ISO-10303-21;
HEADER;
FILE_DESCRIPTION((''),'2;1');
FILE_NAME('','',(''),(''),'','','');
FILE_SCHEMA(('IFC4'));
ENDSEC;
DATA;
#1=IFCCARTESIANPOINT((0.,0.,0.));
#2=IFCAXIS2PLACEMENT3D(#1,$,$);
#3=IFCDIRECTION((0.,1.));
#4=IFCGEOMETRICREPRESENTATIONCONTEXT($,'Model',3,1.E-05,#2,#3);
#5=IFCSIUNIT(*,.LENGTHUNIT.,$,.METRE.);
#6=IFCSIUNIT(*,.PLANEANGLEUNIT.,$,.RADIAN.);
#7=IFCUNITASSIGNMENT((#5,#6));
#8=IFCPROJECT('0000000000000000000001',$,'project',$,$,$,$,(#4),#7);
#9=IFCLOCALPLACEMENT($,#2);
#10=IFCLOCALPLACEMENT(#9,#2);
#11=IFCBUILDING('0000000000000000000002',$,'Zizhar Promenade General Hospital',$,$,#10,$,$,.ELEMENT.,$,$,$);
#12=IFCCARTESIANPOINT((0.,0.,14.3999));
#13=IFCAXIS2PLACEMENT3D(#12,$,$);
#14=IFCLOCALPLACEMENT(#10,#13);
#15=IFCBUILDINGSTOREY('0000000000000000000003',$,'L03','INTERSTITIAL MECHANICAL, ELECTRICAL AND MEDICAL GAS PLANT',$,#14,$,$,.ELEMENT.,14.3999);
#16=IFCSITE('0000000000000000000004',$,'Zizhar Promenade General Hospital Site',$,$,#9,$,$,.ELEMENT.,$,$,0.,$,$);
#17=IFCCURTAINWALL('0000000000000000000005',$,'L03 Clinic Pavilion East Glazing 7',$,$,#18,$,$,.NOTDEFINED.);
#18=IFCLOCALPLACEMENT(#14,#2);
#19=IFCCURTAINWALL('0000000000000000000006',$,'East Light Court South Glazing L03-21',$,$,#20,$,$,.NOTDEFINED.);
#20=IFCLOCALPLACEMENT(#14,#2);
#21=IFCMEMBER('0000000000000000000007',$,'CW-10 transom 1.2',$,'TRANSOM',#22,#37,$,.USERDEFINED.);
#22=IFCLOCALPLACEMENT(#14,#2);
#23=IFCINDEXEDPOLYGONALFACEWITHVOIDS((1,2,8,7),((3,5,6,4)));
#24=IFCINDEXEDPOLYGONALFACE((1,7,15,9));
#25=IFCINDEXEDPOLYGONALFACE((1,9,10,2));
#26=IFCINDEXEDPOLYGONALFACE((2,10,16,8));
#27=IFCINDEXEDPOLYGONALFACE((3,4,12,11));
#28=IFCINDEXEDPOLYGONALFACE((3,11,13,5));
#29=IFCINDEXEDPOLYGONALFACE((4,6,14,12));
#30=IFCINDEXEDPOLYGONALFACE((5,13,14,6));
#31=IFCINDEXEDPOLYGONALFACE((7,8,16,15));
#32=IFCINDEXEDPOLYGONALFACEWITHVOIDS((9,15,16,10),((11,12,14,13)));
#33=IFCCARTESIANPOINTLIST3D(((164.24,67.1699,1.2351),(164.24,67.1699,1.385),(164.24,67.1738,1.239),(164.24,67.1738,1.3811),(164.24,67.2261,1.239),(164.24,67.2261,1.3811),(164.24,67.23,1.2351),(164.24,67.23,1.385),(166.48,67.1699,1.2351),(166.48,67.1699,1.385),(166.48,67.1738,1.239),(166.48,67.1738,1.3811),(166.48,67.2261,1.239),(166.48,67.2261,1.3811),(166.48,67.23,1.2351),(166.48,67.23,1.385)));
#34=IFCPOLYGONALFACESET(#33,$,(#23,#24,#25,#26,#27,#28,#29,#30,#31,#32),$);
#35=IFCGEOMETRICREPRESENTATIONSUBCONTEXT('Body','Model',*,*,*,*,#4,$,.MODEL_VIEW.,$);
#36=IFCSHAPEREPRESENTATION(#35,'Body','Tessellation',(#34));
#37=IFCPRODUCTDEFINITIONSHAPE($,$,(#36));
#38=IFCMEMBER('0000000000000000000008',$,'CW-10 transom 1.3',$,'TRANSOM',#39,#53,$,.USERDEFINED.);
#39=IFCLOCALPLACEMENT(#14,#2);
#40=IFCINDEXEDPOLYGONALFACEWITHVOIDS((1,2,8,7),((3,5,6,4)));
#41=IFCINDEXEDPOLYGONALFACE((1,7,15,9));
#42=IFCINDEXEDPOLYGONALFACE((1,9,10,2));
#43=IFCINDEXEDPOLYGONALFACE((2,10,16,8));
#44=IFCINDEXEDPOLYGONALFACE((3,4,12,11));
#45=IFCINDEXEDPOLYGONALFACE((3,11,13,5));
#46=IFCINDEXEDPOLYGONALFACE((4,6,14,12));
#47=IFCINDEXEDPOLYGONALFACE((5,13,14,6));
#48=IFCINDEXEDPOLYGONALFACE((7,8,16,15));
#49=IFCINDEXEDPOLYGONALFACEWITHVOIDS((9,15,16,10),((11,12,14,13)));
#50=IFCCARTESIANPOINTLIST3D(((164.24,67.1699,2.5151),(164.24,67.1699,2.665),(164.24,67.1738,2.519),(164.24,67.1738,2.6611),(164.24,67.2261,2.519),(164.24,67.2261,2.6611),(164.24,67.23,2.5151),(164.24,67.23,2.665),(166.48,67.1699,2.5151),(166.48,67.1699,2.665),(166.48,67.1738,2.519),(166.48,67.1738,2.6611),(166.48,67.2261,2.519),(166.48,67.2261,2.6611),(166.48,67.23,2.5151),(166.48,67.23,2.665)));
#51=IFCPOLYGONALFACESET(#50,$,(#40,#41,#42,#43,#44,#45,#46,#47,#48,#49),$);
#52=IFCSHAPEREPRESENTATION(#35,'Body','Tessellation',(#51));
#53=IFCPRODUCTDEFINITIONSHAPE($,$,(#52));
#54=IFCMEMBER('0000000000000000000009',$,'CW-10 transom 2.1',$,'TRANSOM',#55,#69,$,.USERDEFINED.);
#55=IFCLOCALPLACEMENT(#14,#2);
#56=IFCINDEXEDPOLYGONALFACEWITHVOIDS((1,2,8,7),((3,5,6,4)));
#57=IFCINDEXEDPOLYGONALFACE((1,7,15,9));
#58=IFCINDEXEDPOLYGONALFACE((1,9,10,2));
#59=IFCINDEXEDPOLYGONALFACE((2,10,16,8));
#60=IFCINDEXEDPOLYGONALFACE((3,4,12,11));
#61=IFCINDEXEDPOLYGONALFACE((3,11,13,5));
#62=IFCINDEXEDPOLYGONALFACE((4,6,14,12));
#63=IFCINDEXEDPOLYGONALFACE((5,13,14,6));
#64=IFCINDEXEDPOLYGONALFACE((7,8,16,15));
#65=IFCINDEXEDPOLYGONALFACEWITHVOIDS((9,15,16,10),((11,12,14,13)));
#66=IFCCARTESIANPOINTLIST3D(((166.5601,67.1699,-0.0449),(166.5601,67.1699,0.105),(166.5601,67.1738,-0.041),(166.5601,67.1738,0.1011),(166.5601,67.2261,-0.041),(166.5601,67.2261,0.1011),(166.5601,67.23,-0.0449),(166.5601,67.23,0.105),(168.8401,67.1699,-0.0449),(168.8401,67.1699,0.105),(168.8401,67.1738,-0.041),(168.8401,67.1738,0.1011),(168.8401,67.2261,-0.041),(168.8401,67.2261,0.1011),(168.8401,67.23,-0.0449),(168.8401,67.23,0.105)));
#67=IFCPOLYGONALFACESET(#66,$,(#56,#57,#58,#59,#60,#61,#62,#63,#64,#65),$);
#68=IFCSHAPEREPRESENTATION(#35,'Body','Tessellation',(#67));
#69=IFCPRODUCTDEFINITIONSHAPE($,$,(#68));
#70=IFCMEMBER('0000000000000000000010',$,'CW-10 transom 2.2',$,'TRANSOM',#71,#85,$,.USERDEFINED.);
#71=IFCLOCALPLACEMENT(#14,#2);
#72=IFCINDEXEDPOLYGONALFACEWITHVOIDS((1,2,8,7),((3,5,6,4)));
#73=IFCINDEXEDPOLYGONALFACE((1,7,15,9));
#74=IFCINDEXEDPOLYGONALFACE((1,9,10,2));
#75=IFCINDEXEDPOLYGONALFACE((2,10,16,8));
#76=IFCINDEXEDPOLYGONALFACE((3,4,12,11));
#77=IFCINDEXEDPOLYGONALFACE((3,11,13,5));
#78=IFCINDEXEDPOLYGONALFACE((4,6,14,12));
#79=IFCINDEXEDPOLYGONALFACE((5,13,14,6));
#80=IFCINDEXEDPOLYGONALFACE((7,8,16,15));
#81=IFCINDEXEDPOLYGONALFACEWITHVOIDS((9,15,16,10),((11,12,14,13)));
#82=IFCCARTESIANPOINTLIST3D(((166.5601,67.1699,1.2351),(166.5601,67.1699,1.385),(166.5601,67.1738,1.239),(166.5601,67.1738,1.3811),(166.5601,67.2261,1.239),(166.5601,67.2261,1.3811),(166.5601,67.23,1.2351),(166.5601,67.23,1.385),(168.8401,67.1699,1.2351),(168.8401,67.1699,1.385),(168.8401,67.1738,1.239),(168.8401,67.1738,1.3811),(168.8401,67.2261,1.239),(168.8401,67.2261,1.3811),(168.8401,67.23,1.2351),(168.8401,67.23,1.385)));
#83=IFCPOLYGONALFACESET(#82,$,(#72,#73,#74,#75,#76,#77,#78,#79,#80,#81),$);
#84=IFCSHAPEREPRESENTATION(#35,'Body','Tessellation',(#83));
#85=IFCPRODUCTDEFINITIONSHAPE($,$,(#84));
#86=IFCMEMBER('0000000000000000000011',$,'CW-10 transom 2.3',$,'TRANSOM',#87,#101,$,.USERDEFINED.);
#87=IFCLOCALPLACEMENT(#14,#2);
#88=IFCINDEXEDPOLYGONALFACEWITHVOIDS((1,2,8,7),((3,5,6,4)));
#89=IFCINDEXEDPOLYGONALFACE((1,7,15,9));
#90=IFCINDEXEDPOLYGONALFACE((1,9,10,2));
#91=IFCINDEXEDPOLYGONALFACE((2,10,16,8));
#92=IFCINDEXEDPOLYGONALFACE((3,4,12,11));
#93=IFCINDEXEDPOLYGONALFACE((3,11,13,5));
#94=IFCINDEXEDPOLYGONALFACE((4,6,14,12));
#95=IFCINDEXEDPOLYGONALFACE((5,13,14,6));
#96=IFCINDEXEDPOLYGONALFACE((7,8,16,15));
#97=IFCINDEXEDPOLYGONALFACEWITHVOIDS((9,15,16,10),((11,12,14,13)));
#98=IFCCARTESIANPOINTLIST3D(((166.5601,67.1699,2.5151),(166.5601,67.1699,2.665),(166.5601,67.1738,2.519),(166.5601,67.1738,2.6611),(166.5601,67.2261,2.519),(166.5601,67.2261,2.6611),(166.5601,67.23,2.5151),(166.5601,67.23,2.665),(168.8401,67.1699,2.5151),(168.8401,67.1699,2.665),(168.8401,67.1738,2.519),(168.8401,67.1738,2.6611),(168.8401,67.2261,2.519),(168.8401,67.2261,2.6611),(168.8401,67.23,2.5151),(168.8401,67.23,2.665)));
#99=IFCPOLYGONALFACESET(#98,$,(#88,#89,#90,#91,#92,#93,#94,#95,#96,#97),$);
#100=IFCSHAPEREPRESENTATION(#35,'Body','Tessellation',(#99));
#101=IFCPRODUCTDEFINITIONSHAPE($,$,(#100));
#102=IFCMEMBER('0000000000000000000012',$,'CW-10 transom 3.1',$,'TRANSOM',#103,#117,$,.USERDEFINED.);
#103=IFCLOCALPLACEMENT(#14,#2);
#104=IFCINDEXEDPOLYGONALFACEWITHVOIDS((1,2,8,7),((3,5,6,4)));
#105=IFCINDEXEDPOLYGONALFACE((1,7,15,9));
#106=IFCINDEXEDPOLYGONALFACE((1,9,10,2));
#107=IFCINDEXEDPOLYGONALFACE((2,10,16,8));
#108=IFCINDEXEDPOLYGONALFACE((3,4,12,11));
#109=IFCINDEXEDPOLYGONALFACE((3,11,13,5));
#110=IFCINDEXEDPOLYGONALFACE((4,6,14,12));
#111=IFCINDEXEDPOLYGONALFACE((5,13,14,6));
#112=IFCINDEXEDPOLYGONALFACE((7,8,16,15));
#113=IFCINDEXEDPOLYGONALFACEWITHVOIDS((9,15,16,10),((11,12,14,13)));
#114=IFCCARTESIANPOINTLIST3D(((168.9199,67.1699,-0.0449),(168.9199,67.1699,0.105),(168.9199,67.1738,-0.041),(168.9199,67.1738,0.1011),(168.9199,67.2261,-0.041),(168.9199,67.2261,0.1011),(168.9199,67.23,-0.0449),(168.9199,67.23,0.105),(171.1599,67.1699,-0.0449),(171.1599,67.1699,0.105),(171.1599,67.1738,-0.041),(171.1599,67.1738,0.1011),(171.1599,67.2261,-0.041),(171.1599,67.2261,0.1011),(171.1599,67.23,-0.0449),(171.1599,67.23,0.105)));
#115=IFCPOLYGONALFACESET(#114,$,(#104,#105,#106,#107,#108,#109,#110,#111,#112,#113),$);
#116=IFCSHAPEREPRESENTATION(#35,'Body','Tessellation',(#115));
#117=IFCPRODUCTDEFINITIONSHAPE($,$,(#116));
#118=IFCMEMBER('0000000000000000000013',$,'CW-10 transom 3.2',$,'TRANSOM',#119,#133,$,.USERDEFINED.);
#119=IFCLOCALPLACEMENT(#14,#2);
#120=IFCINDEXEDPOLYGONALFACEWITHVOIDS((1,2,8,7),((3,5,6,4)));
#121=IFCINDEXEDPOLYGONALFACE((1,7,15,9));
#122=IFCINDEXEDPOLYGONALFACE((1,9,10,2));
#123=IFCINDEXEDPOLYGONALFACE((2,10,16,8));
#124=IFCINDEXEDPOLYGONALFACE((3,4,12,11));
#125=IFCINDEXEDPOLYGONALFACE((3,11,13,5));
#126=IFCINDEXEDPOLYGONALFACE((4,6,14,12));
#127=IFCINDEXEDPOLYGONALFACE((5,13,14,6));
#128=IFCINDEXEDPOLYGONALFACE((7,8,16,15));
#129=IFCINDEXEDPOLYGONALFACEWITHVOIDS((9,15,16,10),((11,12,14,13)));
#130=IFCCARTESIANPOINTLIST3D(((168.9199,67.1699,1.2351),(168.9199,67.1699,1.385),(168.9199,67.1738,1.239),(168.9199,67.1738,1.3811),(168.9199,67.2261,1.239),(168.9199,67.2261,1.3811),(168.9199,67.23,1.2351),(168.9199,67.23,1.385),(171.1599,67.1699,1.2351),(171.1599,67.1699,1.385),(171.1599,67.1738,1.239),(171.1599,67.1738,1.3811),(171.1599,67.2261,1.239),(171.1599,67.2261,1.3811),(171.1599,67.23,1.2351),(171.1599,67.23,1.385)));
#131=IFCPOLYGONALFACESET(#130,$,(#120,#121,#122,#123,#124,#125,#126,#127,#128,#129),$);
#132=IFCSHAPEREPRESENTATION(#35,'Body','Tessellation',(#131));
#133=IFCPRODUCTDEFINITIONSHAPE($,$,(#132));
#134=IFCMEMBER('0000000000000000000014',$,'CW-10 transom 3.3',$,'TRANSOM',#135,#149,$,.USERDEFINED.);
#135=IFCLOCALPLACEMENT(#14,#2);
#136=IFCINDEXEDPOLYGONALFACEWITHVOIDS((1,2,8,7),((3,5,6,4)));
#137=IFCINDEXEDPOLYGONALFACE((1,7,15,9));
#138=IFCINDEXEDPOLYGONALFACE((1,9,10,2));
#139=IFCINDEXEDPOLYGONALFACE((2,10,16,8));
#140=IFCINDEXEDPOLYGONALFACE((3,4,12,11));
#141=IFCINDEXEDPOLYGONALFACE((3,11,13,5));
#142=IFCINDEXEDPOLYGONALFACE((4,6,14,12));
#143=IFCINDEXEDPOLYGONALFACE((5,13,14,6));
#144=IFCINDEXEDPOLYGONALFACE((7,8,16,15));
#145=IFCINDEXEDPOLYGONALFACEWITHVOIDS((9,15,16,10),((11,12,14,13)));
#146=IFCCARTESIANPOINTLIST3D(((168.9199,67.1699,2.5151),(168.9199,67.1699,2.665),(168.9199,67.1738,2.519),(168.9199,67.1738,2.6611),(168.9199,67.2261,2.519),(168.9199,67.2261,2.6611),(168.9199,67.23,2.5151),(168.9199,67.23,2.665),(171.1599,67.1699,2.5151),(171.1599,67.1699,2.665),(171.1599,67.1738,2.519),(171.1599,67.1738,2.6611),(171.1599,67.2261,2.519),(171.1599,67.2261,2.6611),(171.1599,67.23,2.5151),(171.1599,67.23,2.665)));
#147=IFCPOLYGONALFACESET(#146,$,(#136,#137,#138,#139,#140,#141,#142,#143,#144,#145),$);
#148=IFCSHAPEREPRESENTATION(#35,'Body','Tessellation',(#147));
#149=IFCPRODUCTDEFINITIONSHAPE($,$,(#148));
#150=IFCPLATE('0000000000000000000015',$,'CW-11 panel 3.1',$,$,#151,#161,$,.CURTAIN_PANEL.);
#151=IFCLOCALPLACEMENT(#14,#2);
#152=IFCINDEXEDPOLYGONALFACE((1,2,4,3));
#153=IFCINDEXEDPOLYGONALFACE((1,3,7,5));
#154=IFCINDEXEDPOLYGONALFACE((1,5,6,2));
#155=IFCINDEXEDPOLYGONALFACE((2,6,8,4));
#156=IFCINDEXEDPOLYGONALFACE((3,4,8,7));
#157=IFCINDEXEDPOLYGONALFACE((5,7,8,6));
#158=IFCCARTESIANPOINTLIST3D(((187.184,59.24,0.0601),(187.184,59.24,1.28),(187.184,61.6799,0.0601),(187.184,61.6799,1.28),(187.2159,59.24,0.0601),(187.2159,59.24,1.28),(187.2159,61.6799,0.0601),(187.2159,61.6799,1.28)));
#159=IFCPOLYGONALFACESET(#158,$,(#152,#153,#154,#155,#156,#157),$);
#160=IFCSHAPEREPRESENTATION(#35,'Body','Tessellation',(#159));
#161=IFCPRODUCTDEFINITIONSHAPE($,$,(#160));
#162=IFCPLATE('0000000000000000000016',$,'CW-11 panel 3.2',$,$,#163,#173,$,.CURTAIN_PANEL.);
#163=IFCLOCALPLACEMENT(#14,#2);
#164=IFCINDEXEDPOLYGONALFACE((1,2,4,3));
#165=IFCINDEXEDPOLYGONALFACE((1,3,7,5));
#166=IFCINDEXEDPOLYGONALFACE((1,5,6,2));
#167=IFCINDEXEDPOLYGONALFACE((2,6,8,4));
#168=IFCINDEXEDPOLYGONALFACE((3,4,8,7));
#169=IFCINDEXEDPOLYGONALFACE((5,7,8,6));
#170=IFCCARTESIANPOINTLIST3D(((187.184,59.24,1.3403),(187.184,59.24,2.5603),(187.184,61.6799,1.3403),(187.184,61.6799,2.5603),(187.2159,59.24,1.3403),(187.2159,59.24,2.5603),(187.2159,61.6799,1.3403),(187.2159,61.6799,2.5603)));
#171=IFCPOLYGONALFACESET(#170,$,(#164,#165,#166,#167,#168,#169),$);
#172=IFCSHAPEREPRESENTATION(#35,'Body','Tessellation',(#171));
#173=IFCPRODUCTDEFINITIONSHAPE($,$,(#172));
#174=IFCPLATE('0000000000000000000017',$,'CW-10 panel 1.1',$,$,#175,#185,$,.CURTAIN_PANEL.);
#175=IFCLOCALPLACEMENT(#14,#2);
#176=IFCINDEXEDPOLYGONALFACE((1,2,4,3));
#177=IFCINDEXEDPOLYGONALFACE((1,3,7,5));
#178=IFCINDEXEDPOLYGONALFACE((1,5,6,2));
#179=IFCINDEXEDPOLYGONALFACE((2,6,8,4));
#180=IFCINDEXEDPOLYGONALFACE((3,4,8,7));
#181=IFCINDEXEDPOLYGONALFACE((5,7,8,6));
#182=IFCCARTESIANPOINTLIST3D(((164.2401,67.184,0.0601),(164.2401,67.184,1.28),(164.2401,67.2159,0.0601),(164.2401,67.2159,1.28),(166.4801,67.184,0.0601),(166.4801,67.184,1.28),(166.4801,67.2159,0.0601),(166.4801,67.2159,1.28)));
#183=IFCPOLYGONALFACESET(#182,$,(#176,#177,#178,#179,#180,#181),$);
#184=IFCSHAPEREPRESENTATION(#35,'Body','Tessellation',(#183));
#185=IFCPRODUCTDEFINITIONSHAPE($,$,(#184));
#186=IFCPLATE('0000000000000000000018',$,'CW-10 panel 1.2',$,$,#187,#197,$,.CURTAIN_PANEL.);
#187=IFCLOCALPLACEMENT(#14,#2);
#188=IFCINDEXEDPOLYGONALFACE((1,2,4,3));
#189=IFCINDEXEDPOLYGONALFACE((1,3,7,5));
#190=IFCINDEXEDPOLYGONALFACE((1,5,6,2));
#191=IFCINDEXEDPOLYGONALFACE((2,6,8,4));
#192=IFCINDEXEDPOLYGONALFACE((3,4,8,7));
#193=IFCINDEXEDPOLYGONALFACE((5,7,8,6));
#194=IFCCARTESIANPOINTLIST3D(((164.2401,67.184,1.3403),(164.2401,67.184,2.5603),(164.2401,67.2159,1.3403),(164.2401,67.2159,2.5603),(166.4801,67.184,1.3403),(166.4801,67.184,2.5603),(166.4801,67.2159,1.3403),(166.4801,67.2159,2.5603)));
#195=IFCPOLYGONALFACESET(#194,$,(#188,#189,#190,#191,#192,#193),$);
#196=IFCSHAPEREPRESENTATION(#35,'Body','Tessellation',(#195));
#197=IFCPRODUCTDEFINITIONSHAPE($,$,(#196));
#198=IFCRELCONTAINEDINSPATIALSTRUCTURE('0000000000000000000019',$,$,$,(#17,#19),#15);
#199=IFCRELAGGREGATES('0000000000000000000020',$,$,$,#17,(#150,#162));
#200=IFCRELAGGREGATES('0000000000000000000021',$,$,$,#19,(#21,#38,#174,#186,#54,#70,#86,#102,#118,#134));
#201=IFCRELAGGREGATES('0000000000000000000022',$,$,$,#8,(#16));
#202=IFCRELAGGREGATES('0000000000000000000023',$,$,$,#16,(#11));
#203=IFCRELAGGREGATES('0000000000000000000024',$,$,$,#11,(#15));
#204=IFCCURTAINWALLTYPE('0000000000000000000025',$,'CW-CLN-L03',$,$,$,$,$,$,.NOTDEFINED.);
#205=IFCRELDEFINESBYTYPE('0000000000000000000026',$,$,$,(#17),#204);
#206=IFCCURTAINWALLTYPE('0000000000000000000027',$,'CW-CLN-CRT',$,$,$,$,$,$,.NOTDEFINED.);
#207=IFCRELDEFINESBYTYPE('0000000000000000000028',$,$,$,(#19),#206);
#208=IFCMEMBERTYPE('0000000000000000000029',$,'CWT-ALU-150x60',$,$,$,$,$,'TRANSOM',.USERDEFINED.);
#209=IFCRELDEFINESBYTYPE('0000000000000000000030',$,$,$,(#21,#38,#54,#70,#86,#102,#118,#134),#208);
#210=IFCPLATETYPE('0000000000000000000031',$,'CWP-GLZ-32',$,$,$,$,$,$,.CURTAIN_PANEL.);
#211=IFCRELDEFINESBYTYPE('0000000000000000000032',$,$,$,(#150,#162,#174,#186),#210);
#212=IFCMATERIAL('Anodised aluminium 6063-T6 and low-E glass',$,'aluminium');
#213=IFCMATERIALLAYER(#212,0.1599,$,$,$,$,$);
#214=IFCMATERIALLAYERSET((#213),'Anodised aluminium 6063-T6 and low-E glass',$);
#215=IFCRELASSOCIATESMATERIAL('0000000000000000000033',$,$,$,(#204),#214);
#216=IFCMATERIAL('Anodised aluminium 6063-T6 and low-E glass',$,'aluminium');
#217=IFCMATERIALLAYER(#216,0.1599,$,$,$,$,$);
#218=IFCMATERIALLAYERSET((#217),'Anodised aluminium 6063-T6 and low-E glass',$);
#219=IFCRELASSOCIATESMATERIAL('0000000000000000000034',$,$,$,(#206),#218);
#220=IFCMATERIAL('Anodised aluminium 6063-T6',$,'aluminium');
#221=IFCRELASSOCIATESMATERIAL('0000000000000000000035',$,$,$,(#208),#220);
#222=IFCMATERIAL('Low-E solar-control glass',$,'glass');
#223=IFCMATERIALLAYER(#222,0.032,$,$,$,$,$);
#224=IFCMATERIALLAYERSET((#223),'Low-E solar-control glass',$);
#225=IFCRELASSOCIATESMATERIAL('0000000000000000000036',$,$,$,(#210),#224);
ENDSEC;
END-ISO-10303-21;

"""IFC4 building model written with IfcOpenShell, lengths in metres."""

from ifc_helpers import new_model, si_unit, direction, frame, origin, origin_2d, place, context, subcontext, project, spatial, rectangle, hollow_rectangle, extrude, material, layer, layer_set, material_profile, profile_set, type_object, element, aggregate, save


model = new_model("IFC4")

# Units and contexts
model_context = context("Model", 3, precision=1e-05, world=origin(), true_north=direction((0.0, 1.0)))
body_context = subcontext(model_context, "Body", "Model", "MODEL_VIEW")
ifc_project = project(units=[si_unit("LENGTHUNIT", "METRE"), si_unit("PLANEANGLEUNIT", "RADIAN")], contexts=[model_context])

# Site, building, storey
site_placement = place(None, origin())
site = spatial("IfcSite", under=ifc_project, at=site_placement, Name="Zizhar Promenade General Hospital Site", CompositionType="ELEMENT", RefElevation=0.0)
building_placement = place(site_placement, origin())
building = spatial("IfcBuilding", under=site, at=building_placement, Name="Zizhar Promenade General Hospital", CompositionType="ELEMENT")
storey_placement = place(building_placement, frame((0.0, 0.0, 14.3999)))
storey = spatial("IfcBuildingStorey", under=building, at=storey_placement, Name="L03", Description="INTERSTITIAL MECHANICAL, ELECTRICAL AND MEDICAL GAS PLANT", CompositionType="ELEMENT", Elevation=14.3999)

# Curtain wall
ifc_material_1 = material(Name="Anodised aluminium 6063-T6 and low-E glass", Category="aluminium")
ifc_layer_1 = layer(ifc_material_1, 0.1599)
ifc_layer_set_1 = layer_set([ifc_layer_1], Name="Anodised aluminium 6063-T6 and low-E glass")
curtain_wall_type_1 = type_object("IfcCurtainWallType", Name="CW-CLN-L03", PredefinedType="NOTDEFINED", material=ifc_layer_set_1)
curtain_wall_1_placement = place(storey_placement, origin())
curtain_wall_1 = element("IfcCurtainWall", 1, at=curtain_wall_1_placement, inside=storey, type_object=curtain_wall_type_1, Name="L03 Clinic Pavilion East Glazing 7", PredefinedType="NOTDEFINED")

# Curtain wall
ifc_material_2 = material(Name="Anodised aluminium 6063-T6 and low-E glass", Category="aluminium")
ifc_layer_2 = layer(ifc_material_2, 0.1599)
ifc_layer_set_2 = layer_set([ifc_layer_2], Name="Anodised aluminium 6063-T6 and low-E glass")
curtain_wall_type_2 = type_object("IfcCurtainWallType", Name="CW-CLN-CRT", PredefinedType="NOTDEFINED", material=ifc_layer_set_2)
curtain_wall_2_placement = place(storey_placement, origin())
curtain_wall_2 = element("IfcCurtainWall", 2, at=curtain_wall_2_placement, inside=storey, type_object=curtain_wall_type_2, Name="East Light Court South Glazing L03-21", PredefinedType="NOTDEFINED")

# Members
ifc_material_3 = material(Name="Anodised aluminium 6063-T6", Category="aluminium")
ifc_material_profile_1 = material_profile(ifc_material_3, hollow_rectangle(XDim=0.0601, YDim=0.1499, WallThickness=0.0039, at=origin_2d()))
ifc_profile_set_1 = profile_set([ifc_material_profile_1], Name="Anodised aluminium 6063-T6")
member_type_1 = type_object("IfcMemberType", Name="CWT-ALU-150x60", ElementType="TRANSOM", PredefinedType="USERDEFINED", material=ifc_profile_set_1)
member_1_placement = place(storey_placement, frame((164.24, 67.2, 1.3101), z_axis=(1.0, 0.0, 0.0), x_axis=(0.0, 1.0, 0.0)))
member_1 = element("IfcMember", 3, at=member_1_placement, type_object=member_type_1, Name="CW-10 transom 1.2", ObjectType="TRANSOM", PredefinedType="USERDEFINED", context=body_context, shape_type="SweptSolid", body=[
    extrude(hollow_rectangle(XDim=0.0601, YDim=0.1499, WallThickness=0.0039, at=origin_2d()), origin(), (0.0, 0.0, 1.0), 2.24),
])
member_2_placement = place(storey_placement, frame((164.24, 67.2, 2.5901), z_axis=(1.0, 0.0, 0.0), x_axis=(0.0, 1.0, 0.0)))
member_2 = element("IfcMember", 4, at=member_2_placement, type_object=member_type_1, Name="CW-10 transom 1.3", ObjectType="TRANSOM", PredefinedType="USERDEFINED", context=body_context, shape_type="SweptSolid", body=[
    extrude(hollow_rectangle(XDim=0.0601, YDim=0.1499, WallThickness=0.0039, at=origin_2d()), origin(), (0.0, 0.0, 1.0), 2.24),
])
member_3_placement = place(storey_placement, frame((166.5601, 67.2, 0.03), z_axis=(1.0, 0.0, 0.0), x_axis=(0.0, 1.0, 0.0)))
member_3 = element("IfcMember", 5, at=member_3_placement, type_object=member_type_1, Name="CW-10 transom 2.1", ObjectType="TRANSOM", PredefinedType="USERDEFINED", context=body_context, shape_type="SweptSolid", body=[
    extrude(hollow_rectangle(XDim=0.0601, YDim=0.1499, WallThickness=0.0039, at=origin_2d()), origin(), (0.0, 0.0, 1.0), 2.28),
])
member_4_placement = place(storey_placement, frame((166.5601, 67.2, 1.3101), z_axis=(1.0, 0.0, 0.0), x_axis=(0.0, 1.0, 0.0)))
member_4 = element("IfcMember", 6, at=member_4_placement, type_object=member_type_1, Name="CW-10 transom 2.2", ObjectType="TRANSOM", PredefinedType="USERDEFINED", context=body_context, shape_type="SweptSolid", body=[
    extrude(hollow_rectangle(XDim=0.0601, YDim=0.1499, WallThickness=0.0039, at=origin_2d()), origin(), (0.0, 0.0, 1.0), 2.28),
])
member_5_placement = place(storey_placement, frame((166.5601, 67.2, 2.5901), z_axis=(1.0, 0.0, 0.0), x_axis=(0.0, 1.0, 0.0)))
member_5 = element("IfcMember", 7, at=member_5_placement, type_object=member_type_1, Name="CW-10 transom 2.3", ObjectType="TRANSOM", PredefinedType="USERDEFINED", context=body_context, shape_type="SweptSolid", body=[
    extrude(hollow_rectangle(XDim=0.0601, YDim=0.1499, WallThickness=0.0039, at=origin_2d()), origin(), (0.0, 0.0, 1.0), 2.28),
])
member_6_placement = place(storey_placement, frame((168.9199, 67.2, 0.03), z_axis=(1.0, 0.0, 0.0), x_axis=(0.0, 1.0, 0.0)))
member_6 = element("IfcMember", 8, at=member_6_placement, type_object=member_type_1, Name="CW-10 transom 3.1", ObjectType="TRANSOM", PredefinedType="USERDEFINED", context=body_context, shape_type="SweptSolid", body=[
    extrude(hollow_rectangle(XDim=0.0601, YDim=0.1499, WallThickness=0.0039, at=origin_2d()), origin(), (0.0, 0.0, 1.0), 2.24),
])
member_7_placement = place(storey_placement, frame((168.9199, 67.2, 1.3101), z_axis=(1.0, 0.0, 0.0), x_axis=(0.0, 1.0, 0.0)))
member_7 = element("IfcMember", 9, at=member_7_placement, type_object=member_type_1, Name="CW-10 transom 3.2", ObjectType="TRANSOM", PredefinedType="USERDEFINED", context=body_context, shape_type="SweptSolid", body=[
    extrude(hollow_rectangle(XDim=0.0601, YDim=0.1499, WallThickness=0.0039, at=origin_2d()), origin(), (0.0, 0.0, 1.0), 2.24),
])
member_8_placement = place(storey_placement, frame((168.9199, 67.2, 2.5901), z_axis=(1.0, 0.0, 0.0), x_axis=(0.0, 1.0, 0.0)))
member_8 = element("IfcMember", 10, at=member_8_placement, type_object=member_type_1, Name="CW-10 transom 3.3", ObjectType="TRANSOM", PredefinedType="USERDEFINED", context=body_context, shape_type="SweptSolid", body=[
    extrude(hollow_rectangle(XDim=0.0601, YDim=0.1499, WallThickness=0.0039, at=origin_2d()), origin(), (0.0, 0.0, 1.0), 2.24),
])

# Plates
ifc_material_4 = material(Name="Low-E solar-control glass", Category="glass")
ifc_layer_3 = layer(ifc_material_4, 0.032)
ifc_layer_set_3 = layer_set([ifc_layer_3], Name="Low-E solar-control glass")
plate_type = type_object("IfcPlateType", Name="CWP-GLZ-32", PredefinedType="CURTAIN_PANEL", material=ifc_layer_set_3)
plate_1_placement = place(storey_placement, frame((187.2, 60.46, 0.0601), z_axis=(0.0, 0.0, 1.0), x_axis=(0.0, -1.0, 0.0)))
plate_1 = element("IfcPlate", 11, at=plate_1_placement, type_object=plate_type, Name="CW-11 panel 3.1", PredefinedType="CURTAIN_PANEL", context=body_context, shape_type="SweptSolid", body=[
    extrude(rectangle(XDim=2.4399, YDim=0.032, at=origin_2d()), origin(), (0.0, 0.0, 1.0), 1.22),
])
plate_2_placement = place(storey_placement, frame((187.2, 60.46, 1.3403), z_axis=(0.0, 0.0, 1.0), x_axis=(0.0, -1.0, 0.0)))
plate_2 = element("IfcPlate", 12, at=plate_2_placement, type_object=plate_type, Name="CW-11 panel 3.2", PredefinedType="CURTAIN_PANEL", context=body_context, shape_type="SweptSolid", body=[
    extrude(rectangle(XDim=2.4399, YDim=0.032, at=origin_2d()), origin(), (0.0, 0.0, 1.0), 1.22),
])
aggregate(curtain_wall_1, [plate_1, plate_2])
plate_3_placement = place(storey_placement, frame((165.3601, 67.2, 0.0601), z_axis=(0.0, 0.0, 1.0), x_axis=(1.0, 0.0, 0.0)))
plate_3 = element("IfcPlate", 13, at=plate_3_placement, type_object=plate_type, Name="CW-10 panel 1.1", PredefinedType="CURTAIN_PANEL", context=body_context, shape_type="SweptSolid", body=[
    extrude(rectangle(XDim=2.24, YDim=0.032, at=origin_2d()), origin(), (0.0, 0.0, 1.0), 1.22),
])
plate_4_placement = place(storey_placement, frame((165.3601, 67.2, 1.3403), z_axis=(0.0, 0.0, 1.0), x_axis=(1.0, 0.0, 0.0)))
plate_4 = element("IfcPlate", 14, at=plate_4_placement, type_object=plate_type, Name="CW-10 panel 1.2", PredefinedType="CURTAIN_PANEL", context=body_context, shape_type="SweptSolid", body=[
    extrude(rectangle(XDim=2.24, YDim=0.032, at=origin_2d()), origin(), (0.0, 0.0, 1.0), 1.22),
])
aggregate(curtain_wall_2, [member_1, member_2, plate_3, plate_4, member_3, member_4, member_5, member_6, member_7, member_8])

save(model, "model.ifc")
